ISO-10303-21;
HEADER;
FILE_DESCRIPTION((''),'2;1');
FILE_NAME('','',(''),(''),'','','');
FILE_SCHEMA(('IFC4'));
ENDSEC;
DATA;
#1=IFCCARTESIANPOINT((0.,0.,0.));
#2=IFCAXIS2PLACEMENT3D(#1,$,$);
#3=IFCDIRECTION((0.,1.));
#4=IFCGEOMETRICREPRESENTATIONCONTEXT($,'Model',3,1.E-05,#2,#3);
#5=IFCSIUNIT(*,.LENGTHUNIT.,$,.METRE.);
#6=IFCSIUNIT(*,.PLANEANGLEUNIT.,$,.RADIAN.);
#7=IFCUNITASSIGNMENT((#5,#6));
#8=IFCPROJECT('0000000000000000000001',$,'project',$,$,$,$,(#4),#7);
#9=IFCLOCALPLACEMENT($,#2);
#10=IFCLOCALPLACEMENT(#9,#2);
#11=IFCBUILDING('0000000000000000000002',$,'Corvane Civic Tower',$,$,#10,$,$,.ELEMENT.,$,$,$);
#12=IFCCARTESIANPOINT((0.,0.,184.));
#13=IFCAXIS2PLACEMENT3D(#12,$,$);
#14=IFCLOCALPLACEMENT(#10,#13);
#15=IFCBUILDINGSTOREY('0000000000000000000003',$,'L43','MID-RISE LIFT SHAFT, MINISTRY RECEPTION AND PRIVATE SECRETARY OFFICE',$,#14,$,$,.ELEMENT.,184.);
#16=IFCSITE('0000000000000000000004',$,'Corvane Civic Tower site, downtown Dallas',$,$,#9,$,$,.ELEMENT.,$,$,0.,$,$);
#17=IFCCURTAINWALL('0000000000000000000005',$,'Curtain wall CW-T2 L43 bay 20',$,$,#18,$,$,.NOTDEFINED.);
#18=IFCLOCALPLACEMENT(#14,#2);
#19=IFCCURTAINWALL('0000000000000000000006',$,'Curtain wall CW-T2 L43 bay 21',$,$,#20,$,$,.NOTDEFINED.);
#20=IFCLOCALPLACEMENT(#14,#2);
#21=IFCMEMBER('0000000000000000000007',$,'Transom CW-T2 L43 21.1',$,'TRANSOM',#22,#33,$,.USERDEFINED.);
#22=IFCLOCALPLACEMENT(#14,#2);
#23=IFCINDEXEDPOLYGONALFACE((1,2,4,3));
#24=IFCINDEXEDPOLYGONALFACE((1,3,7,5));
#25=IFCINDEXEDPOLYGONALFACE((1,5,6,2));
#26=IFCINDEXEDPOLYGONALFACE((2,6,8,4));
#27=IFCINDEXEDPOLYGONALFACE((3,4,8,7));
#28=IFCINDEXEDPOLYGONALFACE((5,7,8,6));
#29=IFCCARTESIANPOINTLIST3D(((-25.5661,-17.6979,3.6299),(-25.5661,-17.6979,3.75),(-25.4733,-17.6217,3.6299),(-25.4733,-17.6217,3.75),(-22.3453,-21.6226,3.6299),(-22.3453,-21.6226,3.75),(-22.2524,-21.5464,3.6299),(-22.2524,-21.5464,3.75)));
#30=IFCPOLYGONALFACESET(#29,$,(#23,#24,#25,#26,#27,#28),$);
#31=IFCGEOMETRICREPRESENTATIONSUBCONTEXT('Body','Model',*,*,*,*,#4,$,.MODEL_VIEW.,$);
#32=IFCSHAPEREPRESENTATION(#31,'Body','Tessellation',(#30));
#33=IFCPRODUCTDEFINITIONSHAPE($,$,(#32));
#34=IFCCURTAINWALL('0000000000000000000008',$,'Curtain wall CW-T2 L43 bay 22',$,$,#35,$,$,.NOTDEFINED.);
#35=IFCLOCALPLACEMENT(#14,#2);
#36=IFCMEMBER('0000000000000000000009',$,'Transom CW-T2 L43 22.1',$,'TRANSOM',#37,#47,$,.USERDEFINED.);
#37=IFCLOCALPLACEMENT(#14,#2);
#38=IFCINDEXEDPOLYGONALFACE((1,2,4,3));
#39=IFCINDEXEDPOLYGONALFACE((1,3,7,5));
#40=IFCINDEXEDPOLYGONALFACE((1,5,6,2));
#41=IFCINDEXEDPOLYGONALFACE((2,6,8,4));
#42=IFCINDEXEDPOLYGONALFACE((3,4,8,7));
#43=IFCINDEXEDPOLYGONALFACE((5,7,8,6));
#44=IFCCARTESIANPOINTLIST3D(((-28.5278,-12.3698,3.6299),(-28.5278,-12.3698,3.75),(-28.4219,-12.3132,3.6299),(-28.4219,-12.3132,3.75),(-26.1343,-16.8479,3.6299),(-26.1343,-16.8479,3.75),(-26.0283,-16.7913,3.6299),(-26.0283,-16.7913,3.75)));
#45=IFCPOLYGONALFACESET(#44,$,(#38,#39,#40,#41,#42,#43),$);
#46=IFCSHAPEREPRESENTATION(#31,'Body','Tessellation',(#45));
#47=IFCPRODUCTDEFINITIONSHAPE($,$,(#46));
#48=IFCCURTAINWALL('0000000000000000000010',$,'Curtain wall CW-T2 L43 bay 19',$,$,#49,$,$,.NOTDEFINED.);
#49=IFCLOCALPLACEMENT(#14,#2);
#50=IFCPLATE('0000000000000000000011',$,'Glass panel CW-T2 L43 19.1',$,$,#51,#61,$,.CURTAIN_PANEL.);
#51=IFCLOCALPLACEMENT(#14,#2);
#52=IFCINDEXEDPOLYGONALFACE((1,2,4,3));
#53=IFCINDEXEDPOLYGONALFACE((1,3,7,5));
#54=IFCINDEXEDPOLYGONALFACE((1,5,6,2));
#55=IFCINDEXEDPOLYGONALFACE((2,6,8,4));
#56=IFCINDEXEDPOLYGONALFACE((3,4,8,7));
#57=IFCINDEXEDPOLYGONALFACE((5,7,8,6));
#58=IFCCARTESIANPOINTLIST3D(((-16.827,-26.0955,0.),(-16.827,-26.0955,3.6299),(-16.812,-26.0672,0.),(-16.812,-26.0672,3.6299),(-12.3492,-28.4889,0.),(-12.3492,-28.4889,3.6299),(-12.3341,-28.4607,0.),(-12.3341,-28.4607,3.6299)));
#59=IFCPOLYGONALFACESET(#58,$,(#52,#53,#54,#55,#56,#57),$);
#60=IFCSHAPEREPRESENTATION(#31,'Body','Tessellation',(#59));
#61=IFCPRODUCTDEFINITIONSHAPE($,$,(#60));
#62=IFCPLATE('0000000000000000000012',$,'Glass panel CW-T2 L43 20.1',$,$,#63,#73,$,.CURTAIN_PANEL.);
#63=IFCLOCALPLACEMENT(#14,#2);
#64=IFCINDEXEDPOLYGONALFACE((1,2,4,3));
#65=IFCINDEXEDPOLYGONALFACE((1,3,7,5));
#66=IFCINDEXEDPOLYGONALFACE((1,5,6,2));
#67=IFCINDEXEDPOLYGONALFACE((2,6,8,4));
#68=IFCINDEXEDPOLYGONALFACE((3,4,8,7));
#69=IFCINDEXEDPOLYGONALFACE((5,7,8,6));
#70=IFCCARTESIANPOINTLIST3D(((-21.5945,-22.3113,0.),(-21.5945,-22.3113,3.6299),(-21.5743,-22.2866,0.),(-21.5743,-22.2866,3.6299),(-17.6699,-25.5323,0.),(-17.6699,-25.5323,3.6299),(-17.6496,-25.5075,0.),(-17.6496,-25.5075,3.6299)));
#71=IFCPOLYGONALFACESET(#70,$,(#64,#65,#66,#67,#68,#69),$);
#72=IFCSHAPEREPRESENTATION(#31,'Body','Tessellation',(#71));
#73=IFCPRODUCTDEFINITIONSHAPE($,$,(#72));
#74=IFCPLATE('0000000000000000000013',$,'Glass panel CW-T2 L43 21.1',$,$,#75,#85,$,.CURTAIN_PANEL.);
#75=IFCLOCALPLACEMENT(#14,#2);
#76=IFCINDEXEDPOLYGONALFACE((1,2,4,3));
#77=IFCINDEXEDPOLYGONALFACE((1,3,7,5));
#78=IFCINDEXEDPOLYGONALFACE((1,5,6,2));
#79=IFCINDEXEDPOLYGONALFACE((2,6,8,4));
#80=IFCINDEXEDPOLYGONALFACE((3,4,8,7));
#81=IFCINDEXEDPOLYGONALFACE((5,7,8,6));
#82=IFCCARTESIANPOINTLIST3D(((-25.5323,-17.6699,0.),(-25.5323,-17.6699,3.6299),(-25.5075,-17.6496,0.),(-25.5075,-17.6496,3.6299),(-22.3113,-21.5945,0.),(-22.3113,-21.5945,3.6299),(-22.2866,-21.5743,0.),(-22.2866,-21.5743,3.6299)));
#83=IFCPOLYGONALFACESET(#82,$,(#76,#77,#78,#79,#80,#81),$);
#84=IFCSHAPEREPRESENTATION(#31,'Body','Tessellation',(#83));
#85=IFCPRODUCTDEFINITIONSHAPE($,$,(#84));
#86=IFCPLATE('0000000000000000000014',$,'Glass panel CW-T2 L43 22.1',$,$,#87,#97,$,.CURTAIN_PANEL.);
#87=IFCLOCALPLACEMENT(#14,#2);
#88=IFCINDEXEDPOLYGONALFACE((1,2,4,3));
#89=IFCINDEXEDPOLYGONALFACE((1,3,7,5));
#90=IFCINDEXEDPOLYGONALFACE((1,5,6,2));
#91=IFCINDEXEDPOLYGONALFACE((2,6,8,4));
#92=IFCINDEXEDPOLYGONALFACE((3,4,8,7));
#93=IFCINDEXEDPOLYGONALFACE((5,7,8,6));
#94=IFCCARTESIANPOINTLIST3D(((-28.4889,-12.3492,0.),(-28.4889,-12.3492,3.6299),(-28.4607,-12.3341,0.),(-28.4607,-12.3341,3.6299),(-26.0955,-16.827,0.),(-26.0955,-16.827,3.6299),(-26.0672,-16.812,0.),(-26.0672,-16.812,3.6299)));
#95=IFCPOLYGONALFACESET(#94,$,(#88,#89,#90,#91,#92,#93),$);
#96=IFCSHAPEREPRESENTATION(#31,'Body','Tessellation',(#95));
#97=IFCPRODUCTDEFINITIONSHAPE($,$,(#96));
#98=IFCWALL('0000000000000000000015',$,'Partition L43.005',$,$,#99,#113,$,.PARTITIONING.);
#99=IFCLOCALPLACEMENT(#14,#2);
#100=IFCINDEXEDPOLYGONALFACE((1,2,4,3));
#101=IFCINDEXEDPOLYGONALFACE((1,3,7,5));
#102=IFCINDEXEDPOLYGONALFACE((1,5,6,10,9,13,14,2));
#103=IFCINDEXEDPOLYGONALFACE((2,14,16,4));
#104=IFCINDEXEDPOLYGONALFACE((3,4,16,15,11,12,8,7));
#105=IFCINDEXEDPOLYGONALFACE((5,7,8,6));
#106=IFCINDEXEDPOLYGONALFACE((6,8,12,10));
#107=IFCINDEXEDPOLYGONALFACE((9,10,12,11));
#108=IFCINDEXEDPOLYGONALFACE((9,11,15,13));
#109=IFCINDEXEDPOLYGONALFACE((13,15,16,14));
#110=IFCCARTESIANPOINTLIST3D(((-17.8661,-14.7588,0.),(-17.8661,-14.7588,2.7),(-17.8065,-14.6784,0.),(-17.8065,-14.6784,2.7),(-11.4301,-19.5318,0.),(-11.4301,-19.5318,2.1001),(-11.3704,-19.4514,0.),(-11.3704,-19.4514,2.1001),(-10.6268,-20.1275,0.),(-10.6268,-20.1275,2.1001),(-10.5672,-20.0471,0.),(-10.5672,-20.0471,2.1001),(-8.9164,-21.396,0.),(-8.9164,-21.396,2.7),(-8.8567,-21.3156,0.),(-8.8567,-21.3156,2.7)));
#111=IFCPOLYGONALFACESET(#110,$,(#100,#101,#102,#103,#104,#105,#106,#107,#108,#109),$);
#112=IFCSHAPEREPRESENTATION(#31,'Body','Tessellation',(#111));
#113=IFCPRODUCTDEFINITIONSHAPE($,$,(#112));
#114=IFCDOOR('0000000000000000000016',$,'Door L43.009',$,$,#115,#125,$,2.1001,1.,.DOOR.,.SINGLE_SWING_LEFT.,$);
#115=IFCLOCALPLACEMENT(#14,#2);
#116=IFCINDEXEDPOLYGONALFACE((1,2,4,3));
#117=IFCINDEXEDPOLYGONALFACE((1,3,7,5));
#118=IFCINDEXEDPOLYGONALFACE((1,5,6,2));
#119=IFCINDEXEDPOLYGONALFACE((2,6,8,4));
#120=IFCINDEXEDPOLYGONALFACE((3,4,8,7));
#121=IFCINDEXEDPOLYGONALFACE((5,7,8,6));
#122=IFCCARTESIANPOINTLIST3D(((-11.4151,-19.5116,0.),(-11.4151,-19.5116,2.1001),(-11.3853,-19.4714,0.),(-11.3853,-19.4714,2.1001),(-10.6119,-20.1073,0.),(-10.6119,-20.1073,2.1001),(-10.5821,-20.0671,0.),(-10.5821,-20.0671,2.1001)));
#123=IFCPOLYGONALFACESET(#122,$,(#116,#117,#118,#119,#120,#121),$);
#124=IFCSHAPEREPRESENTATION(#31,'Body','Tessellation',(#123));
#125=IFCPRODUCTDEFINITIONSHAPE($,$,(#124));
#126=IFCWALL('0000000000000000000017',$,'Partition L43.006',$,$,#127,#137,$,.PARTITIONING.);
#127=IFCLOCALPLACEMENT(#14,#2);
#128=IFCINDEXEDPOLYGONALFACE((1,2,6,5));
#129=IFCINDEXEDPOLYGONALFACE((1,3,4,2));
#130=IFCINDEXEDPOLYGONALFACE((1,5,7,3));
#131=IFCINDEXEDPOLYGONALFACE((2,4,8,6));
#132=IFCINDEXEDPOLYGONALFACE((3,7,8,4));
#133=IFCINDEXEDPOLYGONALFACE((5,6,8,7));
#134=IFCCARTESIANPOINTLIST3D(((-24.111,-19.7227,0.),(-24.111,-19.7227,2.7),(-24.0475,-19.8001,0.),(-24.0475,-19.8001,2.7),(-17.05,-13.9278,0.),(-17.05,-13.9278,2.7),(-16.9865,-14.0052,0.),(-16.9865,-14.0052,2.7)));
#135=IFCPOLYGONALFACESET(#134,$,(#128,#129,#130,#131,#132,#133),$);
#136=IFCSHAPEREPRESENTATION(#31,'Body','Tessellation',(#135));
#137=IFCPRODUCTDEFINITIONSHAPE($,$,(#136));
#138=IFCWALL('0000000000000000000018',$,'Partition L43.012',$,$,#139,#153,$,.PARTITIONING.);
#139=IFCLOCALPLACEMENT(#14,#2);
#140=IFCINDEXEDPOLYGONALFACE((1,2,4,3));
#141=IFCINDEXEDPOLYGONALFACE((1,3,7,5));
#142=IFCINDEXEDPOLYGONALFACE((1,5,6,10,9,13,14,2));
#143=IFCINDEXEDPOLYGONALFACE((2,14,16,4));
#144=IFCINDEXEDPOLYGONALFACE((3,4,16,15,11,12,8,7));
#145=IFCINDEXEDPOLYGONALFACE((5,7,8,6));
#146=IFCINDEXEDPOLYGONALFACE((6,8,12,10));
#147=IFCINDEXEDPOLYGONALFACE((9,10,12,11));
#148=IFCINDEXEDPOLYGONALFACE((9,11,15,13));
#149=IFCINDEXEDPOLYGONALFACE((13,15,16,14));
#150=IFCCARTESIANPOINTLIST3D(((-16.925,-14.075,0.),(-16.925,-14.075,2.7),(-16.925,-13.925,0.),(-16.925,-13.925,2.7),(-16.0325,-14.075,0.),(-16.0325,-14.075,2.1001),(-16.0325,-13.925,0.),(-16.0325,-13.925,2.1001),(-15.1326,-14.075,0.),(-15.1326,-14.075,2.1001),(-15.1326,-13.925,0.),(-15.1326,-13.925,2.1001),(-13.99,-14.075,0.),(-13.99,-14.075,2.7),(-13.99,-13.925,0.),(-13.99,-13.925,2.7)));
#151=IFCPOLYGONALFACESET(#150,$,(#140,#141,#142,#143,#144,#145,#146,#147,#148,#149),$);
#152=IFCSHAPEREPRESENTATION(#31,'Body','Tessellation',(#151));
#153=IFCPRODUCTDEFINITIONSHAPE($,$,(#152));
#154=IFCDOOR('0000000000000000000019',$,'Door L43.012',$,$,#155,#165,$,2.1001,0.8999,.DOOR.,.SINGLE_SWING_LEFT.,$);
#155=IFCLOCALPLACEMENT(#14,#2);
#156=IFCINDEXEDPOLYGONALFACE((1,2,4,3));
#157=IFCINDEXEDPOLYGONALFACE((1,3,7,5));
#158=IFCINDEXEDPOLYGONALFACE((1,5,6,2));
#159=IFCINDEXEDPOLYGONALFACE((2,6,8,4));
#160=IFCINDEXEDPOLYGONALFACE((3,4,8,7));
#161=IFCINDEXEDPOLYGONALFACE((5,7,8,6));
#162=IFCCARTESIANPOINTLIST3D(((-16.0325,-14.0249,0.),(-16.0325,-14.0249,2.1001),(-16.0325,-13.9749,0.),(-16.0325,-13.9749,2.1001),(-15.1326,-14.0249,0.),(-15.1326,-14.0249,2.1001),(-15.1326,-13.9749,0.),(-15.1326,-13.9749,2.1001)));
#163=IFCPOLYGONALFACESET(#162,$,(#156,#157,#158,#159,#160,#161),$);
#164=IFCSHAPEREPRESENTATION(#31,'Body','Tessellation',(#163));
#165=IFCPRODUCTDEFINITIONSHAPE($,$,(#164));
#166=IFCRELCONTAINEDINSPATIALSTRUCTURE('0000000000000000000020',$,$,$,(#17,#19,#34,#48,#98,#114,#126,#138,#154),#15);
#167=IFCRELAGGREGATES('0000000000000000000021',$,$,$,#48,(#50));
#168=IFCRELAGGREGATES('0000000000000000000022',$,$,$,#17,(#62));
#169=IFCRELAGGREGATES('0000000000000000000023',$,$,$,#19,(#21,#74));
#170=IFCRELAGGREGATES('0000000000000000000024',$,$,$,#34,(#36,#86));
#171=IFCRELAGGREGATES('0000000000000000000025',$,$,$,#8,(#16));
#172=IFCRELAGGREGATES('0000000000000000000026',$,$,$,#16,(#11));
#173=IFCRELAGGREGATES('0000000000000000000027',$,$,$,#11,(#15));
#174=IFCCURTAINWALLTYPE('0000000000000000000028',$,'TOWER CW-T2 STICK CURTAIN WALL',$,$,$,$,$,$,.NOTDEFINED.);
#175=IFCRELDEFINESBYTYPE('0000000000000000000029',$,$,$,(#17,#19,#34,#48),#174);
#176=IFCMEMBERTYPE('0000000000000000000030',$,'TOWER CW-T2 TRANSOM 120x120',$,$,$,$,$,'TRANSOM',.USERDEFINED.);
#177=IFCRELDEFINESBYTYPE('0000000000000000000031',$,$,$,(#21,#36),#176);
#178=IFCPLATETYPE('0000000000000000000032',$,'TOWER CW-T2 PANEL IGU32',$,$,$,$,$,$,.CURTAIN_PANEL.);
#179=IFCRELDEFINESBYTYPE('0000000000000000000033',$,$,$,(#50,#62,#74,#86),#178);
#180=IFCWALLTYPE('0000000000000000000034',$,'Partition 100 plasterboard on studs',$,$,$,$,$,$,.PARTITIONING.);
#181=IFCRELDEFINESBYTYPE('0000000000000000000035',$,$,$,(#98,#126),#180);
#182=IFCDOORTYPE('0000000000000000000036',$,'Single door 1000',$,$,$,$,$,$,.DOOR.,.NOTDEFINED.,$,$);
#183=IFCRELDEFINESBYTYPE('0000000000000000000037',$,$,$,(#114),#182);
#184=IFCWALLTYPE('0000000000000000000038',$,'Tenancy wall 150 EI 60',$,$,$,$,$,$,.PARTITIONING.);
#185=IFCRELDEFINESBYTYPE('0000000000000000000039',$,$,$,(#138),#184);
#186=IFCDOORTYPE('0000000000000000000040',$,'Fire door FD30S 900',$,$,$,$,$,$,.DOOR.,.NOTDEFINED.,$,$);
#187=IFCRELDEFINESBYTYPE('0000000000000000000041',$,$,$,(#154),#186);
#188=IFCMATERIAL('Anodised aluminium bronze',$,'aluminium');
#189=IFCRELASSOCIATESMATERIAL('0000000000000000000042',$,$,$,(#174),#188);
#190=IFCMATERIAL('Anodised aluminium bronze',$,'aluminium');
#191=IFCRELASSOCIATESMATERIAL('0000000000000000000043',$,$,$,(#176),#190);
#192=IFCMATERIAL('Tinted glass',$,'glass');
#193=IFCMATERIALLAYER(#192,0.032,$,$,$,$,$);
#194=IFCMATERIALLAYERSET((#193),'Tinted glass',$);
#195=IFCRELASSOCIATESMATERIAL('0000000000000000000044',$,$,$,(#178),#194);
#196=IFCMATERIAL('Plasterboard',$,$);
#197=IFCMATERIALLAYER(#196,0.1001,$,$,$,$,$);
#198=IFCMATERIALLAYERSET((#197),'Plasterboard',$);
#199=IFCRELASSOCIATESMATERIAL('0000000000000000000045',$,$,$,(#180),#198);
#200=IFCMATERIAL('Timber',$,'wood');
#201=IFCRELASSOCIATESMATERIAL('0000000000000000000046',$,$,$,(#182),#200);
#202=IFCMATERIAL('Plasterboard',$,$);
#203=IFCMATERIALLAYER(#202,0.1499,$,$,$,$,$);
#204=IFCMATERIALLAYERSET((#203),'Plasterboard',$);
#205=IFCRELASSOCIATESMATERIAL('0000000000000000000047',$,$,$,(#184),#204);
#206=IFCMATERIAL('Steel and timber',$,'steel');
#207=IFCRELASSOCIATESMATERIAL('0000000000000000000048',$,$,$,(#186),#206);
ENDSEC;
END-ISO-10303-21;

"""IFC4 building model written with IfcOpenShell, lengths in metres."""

from ifc_helpers import new_model, si_unit, direction, frame, frame_2d, origin, origin_2d, place, context, subcontext, project, spatial, rectangle, extrude, material, layer, layer_set, material_profile, profile_set, type_object, element, fill, aggregate, save


model = new_model("IFC4")

# Units and contexts
model_context = context("Model", 3, precision=1e-05, world=origin(), true_north=direction((0.0, 1.0)))
body_context = subcontext(model_context, "Body", "Model", "MODEL_VIEW")
ifc_project = project(units=[si_unit("LENGTHUNIT", "METRE"), si_unit("PLANEANGLEUNIT", "RADIAN")], contexts=[model_context])

# Site, building, storey
site_placement = place(None, origin())
site = spatial("IfcSite", under=ifc_project, at=site_placement, Name="Corvane Civic Tower site, downtown Dallas", CompositionType="ELEMENT", RefElevation=0.0)
building_placement = place(site_placement, origin())
building = spatial("IfcBuilding", under=site, at=building_placement, Name="Corvane Civic Tower", CompositionType="ELEMENT")
storey_placement = place(building_placement, frame((0.0, 0.0, 184.0)))
storey = spatial("IfcBuildingStorey", under=building, at=storey_placement, Name="L43", Description="MID-RISE LIFT SHAFT, MINISTRY RECEPTION AND PRIVATE SECRETARY OFFICE", CompositionType="ELEMENT", Elevation=184.0)

# Curtain walls, members
ifc_material_1 = material(Name="Anodised aluminium bronze", Category="aluminium")
curtain_wall_type = type_object("IfcCurtainWallType", Name="TOWER CW-T2 STICK CURTAIN WALL", PredefinedType="NOTDEFINED", material=ifc_material_1)
curtain_wall_1_placement = place(storey_placement, origin())
curtain_wall_1 = element("IfcCurtainWall", 1, at=curtain_wall_1_placement, inside=storey, type_object=curtain_wall_type, Name="Curtain wall CW-T2 L43 bay 20", PredefinedType="NOTDEFINED")
ifc_material_2 = material(Name="Anodised aluminium bronze", Category="aluminium")
ifc_material_profile_1 = material_profile(ifc_material_2, rectangle(XDim=0.1201, YDim=0.1201, at=origin_2d()), Name="TOWER CW-T2 TRANSOM 120x120")
ifc_profile_set_1 = profile_set([ifc_material_profile_1], Name="Anodised aluminium bronze")
member_type = type_object("IfcMemberType", Name="TOWER CW-T2 TRANSOM 120x120", ElementType="TRANSOM", PredefinedType="USERDEFINED", material=ifc_profile_set_1)
curtain_wall_2_placement = place(storey_placement, origin())
curtain_wall_2 = element("IfcCurtainWall", 2, at=curtain_wall_2_placement, inside=storey, type_object=curtain_wall_type, Name="Curtain wall CW-T2 L43 bay 21", PredefinedType="NOTDEFINED")
member_1_placement = place(storey_placement, frame((-22.2988, -21.5845, 3.6899), z_axis=(-0.634387, 0.773016, 0.0), x_axis=(-0.773016, -0.634387, 0.0)))
member_1 = element("IfcMember", 3, at=member_1_placement, type_object=member_type, Name="Transom CW-T2 L43 21.1", ObjectType="TRANSOM", PredefinedType="USERDEFINED", context=body_context, shape_type="SweptSolid", body=[
    extrude(rectangle(XDim=0.1201, YDim=0.1201, at=origin_2d()), origin(), (0.0, 0.0, 1.0), 5.0771),
])
curtain_wall_3_placement = place(storey_placement, origin())
curtain_wall_3 = element("IfcCurtainWall", 4, at=curtain_wall_3_placement, inside=storey, type_object=curtain_wall_type, Name="Curtain wall CW-T2 L43 bay 22", PredefinedType="NOTDEFINED")
member_2_placement = place(storey_placement, frame((-26.0813, -16.8196, 3.6899), z_axis=(-0.471397, 0.881921, 0.0), x_axis=(-0.881921, -0.471397, 0.0)))
member_2 = element("IfcMember", 5, at=member_2_placement, type_object=member_type, Name="Transom CW-T2 L43 22.1", ObjectType="TRANSOM", PredefinedType="USERDEFINED", context=body_context, shape_type="SweptSolid", body=[
    extrude(rectangle(XDim=0.1201, YDim=0.1201, at=origin_2d()), origin(), (0.0, 0.0, 1.0), 5.0776),
])

# Curtain wall, plate
curtain_wall_4_placement = place(storey_placement, origin())
curtain_wall_4 = element("IfcCurtainWall", 6, at=curtain_wall_4_placement, inside=storey, type_object=curtain_wall_type, Name="Curtain wall CW-T2 L43 bay 19", PredefinedType="NOTDEFINED")
ifc_material_3 = material(Name="Tinted glass", Category="glass")
ifc_layer_1 = layer(ifc_material_3, 0.032)
ifc_layer_set_1 = layer_set([ifc_layer_1], Name="Tinted glass")
plate_type = type_object("IfcPlateType", Name="TOWER CW-T2 PANEL IGU32", PredefinedType="CURTAIN_PANEL", material=ifc_layer_set_1)
plate_1_placement = place(storey_placement, frame((-14.5806, -27.2781, 0.0), z_axis=(0.0, 0.0, 1.0), x_axis=(-0.881922, 0.471395, 0.0)))
plate_1 = element("IfcPlate", 7, at=plate_1_placement, type_object=plate_type, Name="Glass panel CW-T2 L43 19.1", PredefinedType="CURTAIN_PANEL", context=body_context, shape_type="SweptSolid", body=[
    extrude(rectangle(XDim=5.0774, YDim=0.032, at=origin_2d()), origin(), (0.0, 0.0, 1.0), 3.6299),
])
aggregate(curtain_wall_4, [plate_1])

# Plates
plate_2_placement = place(storey_placement, frame((-19.6221, -23.9094, 0.0), z_axis=(0.0, 0.0, 1.0), x_axis=(-0.773005, 0.6344, 0.0)))
plate_2 = element("IfcPlate", 8, at=plate_2_placement, type_object=plate_type, Name="Glass panel CW-T2 L43 20.1", PredefinedType="CURTAIN_PANEL", context=body_context, shape_type="SweptSolid", body=[
    extrude(rectangle(XDim=5.0771, YDim=0.032, at=origin_2d()), origin(), (0.0, 0.0, 1.0), 3.6299),
])
aggregate(curtain_wall_1, [plate_2])
plate_3_placement = place(storey_placement, frame((-23.9094, -19.6221, 0.0), z_axis=(0.0, 0.0, 1.0), x_axis=(-0.6344, 0.773005, 0.0)))
plate_3 = element("IfcPlate", 9, at=plate_3_placement, type_object=plate_type, Name="Glass panel CW-T2 L43 21.1", PredefinedType="CURTAIN_PANEL", context=body_context, shape_type="SweptSolid", body=[
    extrude(rectangle(XDim=5.0771, YDim=0.032, at=origin_2d()), origin(), (0.0, 0.0, 1.0), 3.6299),
])
aggregate(curtain_wall_2, [member_1, plate_3])
plate_4_placement = place(storey_placement, frame((-27.2781, -14.5806, 0.0), z_axis=(0.0, 0.0, 1.0), x_axis=(-0.471395, 0.881922, 0.0)))
plate_4 = element("IfcPlate", 10, at=plate_4_placement, type_object=plate_type, Name="Glass panel CW-T2 L43 22.1", PredefinedType="CURTAIN_PANEL", context=body_context, shape_type="SweptSolid", body=[
    extrude(rectangle(XDim=5.0774, YDim=0.032, at=origin_2d()), origin(), (0.0, 0.0, 1.0), 3.6299),
])
aggregate(curtain_wall_3, [member_2, plate_4])

# Wall, opening, door
ifc_material_4 = material(Name="Plasterboard")
ifc_layer_2 = layer(ifc_material_4, 0.1001)
ifc_layer_set_2 = layer_set([ifc_layer_2], Name="Plasterboard")
wall_type_1 = type_object("IfcWallType", Name="Partition 100 plasterboard on studs", PredefinedType="PARTITIONING", material=ifc_layer_set_2)
wall_1_placement = place(storey_placement, frame((-17.8364, -14.7185, 0.0), z_axis=(0.0, 0.0, 1.0), x_axis=(0.803222, -0.595679, 0.0)))
wall_1 = element("IfcWall", 11, at=wall_1_placement, inside=storey, type_object=wall_type_1, Name="Partition L43.005", PredefinedType="PARTITIONING", context=body_context, shape_type="SweptSolid", body=[
    extrude(rectangle(XDim=11.1423, YDim=0.1001, at=frame_2d((5.5713, 0.0))), origin(), (0.0, 0.0, 1.0), 2.7),
])
opening_1_placement = place(wall_1_placement, frame((8.0129, 0.0, 0.0)))
opening_1 = element("IfcOpeningElement", 12, at=opening_1_placement, cuts=wall_1, PredefinedType="OPENING", context=body_context, shape_type="SweptSolid", body=[
    extrude(rectangle(XDim=1.0, YDim=2.1001, at=frame_2d((0.5, 1.05))), frame((0.0, 0.0601, 0.0), z_axis=(0.0, -1.0, 0.0), x_axis=(1.0, 0.0, 0.0)), (0.0, 0.0, 1.0), 0.1201),
])
ifc_material_5 = material(Name="Timber", Category="wood")
door_type_1 = type_object("IfcDoorType", Name="Single door 1000", OperationType="NOTDEFINED", PredefinedType="DOOR", material=ifc_material_5)
door_1_placement = place(opening_1_placement, frame((1.0, 0.0, 0.0), z_axis=(0.0, 0.0, 1.0), x_axis=(-1.0, 0.0, 0.0)))
door_1 = element("IfcDoor", 13, at=door_1_placement, inside=storey, type_object=door_type_1, Name="Door L43.009", OperationType="SINGLE_SWING_LEFT", OverallHeight=2.1001, OverallWidth=1.0, PredefinedType="DOOR", context=body_context, shape_type="SweptSolid", body=[
    extrude(rectangle(XDim=1.0, YDim=2.1001, at=frame_2d((0.5, 1.05))), frame((0.0, 0.0249, 0.0), z_axis=(0.0, -1.0, 0.0), x_axis=(1.0, 0.0, 0.0)), (0.0, 0.0, 1.0), 0.05),
])
fill(opening_1, door_1)

# Wall
wall_2_placement = place(storey_placement, frame((-24.0793, -19.7615, 0.0), z_axis=(0.0, 0.0, 1.0), x_axis=(0.773006, 0.634399, 0.0)))
element("IfcWall", 14, at=wall_2_placement, inside=storey, type_object=wall_type_1, Name="Partition L43.006", PredefinedType="PARTITIONING", context=body_context, shape_type="SweptSolid", body=[
    extrude(rectangle(XDim=9.1345, YDim=0.1001, at=frame_2d((4.5674, 0.0))), origin(), (0.0, 0.0, 1.0), 2.7),
])

# Wall, opening, door
ifc_material_6 = material(Name="Plasterboard")
ifc_layer_3 = layer(ifc_material_6, 0.1499)
ifc_layer_set_3 = layer_set([ifc_layer_3], Name="Plasterboard")
wall_type_2 = type_object("IfcWallType", Name="Tenancy wall 150 EI 60", PredefinedType="PARTITIONING", material=ifc_layer_set_3)
wall_3_placement = place(storey_placement, frame((-16.925, -14.0, 0.0), z_axis=(0.0, 0.0, 1.0), x_axis=(1.0, 0.0, 0.0)))
wall_3 = element("IfcWall", 15, at=wall_3_placement, inside=storey, type_object=wall_type_2, Name="Partition L43.012", PredefinedType="PARTITIONING", context=body_context, shape_type="SweptSolid", body=[
    extrude(rectangle(XDim=2.9351, YDim=0.1499, at=frame_2d((1.4675, 0.0))), origin(), (0.0, 0.0, 1.0), 2.7),
])
opening_2_placement = place(wall_3_placement, frame((0.8926, 0.0, 0.0)))
opening_2 = element("IfcOpeningElement", 16, at=opening_2_placement, cuts=wall_3, PredefinedType="OPENING", context=body_context, shape_type="SweptSolid", body=[
    extrude(rectangle(XDim=0.8999, YDim=2.1001, at=frame_2d((0.45, 1.05))), frame((0.0, 0.085, 0.0), z_axis=(0.0, -1.0, 0.0), x_axis=(1.0, 0.0, 0.0)), (0.0, 0.0, 1.0), 0.1699),
])
ifc_material_7 = material(Name="Steel and timber", Category="steel")
door_type_2 = type_object("IfcDoorType", Name="Fire door FD30S 900", OperationType="NOTDEFINED", PredefinedType="DOOR", material=ifc_material_7)
door_2_placement = place(opening_2_placement, frame((0.8999, 0.0, 0.0), z_axis=(0.0, 0.0, 1.0), x_axis=(-1.0, 0.0, 0.0)))
door_2 = element("IfcDoor", 17, at=door_2_placement, inside=storey, type_object=door_type_2, Name="Door L43.012", OperationType="SINGLE_SWING_LEFT", OverallHeight=2.1001, OverallWidth=0.8999, PredefinedType="DOOR", context=body_context, shape_type="SweptSolid", body=[
    extrude(rectangle(XDim=0.8999, YDim=2.1001, at=frame_2d((0.45, 1.05))), frame((0.0, 0.0249, 0.0), z_axis=(0.0, -1.0, 0.0), x_axis=(1.0, 0.0, 0.0)), (0.0, 0.0, 1.0), 0.05),
])
fill(opening_2, door_2)

save(model, "model.ifc")
